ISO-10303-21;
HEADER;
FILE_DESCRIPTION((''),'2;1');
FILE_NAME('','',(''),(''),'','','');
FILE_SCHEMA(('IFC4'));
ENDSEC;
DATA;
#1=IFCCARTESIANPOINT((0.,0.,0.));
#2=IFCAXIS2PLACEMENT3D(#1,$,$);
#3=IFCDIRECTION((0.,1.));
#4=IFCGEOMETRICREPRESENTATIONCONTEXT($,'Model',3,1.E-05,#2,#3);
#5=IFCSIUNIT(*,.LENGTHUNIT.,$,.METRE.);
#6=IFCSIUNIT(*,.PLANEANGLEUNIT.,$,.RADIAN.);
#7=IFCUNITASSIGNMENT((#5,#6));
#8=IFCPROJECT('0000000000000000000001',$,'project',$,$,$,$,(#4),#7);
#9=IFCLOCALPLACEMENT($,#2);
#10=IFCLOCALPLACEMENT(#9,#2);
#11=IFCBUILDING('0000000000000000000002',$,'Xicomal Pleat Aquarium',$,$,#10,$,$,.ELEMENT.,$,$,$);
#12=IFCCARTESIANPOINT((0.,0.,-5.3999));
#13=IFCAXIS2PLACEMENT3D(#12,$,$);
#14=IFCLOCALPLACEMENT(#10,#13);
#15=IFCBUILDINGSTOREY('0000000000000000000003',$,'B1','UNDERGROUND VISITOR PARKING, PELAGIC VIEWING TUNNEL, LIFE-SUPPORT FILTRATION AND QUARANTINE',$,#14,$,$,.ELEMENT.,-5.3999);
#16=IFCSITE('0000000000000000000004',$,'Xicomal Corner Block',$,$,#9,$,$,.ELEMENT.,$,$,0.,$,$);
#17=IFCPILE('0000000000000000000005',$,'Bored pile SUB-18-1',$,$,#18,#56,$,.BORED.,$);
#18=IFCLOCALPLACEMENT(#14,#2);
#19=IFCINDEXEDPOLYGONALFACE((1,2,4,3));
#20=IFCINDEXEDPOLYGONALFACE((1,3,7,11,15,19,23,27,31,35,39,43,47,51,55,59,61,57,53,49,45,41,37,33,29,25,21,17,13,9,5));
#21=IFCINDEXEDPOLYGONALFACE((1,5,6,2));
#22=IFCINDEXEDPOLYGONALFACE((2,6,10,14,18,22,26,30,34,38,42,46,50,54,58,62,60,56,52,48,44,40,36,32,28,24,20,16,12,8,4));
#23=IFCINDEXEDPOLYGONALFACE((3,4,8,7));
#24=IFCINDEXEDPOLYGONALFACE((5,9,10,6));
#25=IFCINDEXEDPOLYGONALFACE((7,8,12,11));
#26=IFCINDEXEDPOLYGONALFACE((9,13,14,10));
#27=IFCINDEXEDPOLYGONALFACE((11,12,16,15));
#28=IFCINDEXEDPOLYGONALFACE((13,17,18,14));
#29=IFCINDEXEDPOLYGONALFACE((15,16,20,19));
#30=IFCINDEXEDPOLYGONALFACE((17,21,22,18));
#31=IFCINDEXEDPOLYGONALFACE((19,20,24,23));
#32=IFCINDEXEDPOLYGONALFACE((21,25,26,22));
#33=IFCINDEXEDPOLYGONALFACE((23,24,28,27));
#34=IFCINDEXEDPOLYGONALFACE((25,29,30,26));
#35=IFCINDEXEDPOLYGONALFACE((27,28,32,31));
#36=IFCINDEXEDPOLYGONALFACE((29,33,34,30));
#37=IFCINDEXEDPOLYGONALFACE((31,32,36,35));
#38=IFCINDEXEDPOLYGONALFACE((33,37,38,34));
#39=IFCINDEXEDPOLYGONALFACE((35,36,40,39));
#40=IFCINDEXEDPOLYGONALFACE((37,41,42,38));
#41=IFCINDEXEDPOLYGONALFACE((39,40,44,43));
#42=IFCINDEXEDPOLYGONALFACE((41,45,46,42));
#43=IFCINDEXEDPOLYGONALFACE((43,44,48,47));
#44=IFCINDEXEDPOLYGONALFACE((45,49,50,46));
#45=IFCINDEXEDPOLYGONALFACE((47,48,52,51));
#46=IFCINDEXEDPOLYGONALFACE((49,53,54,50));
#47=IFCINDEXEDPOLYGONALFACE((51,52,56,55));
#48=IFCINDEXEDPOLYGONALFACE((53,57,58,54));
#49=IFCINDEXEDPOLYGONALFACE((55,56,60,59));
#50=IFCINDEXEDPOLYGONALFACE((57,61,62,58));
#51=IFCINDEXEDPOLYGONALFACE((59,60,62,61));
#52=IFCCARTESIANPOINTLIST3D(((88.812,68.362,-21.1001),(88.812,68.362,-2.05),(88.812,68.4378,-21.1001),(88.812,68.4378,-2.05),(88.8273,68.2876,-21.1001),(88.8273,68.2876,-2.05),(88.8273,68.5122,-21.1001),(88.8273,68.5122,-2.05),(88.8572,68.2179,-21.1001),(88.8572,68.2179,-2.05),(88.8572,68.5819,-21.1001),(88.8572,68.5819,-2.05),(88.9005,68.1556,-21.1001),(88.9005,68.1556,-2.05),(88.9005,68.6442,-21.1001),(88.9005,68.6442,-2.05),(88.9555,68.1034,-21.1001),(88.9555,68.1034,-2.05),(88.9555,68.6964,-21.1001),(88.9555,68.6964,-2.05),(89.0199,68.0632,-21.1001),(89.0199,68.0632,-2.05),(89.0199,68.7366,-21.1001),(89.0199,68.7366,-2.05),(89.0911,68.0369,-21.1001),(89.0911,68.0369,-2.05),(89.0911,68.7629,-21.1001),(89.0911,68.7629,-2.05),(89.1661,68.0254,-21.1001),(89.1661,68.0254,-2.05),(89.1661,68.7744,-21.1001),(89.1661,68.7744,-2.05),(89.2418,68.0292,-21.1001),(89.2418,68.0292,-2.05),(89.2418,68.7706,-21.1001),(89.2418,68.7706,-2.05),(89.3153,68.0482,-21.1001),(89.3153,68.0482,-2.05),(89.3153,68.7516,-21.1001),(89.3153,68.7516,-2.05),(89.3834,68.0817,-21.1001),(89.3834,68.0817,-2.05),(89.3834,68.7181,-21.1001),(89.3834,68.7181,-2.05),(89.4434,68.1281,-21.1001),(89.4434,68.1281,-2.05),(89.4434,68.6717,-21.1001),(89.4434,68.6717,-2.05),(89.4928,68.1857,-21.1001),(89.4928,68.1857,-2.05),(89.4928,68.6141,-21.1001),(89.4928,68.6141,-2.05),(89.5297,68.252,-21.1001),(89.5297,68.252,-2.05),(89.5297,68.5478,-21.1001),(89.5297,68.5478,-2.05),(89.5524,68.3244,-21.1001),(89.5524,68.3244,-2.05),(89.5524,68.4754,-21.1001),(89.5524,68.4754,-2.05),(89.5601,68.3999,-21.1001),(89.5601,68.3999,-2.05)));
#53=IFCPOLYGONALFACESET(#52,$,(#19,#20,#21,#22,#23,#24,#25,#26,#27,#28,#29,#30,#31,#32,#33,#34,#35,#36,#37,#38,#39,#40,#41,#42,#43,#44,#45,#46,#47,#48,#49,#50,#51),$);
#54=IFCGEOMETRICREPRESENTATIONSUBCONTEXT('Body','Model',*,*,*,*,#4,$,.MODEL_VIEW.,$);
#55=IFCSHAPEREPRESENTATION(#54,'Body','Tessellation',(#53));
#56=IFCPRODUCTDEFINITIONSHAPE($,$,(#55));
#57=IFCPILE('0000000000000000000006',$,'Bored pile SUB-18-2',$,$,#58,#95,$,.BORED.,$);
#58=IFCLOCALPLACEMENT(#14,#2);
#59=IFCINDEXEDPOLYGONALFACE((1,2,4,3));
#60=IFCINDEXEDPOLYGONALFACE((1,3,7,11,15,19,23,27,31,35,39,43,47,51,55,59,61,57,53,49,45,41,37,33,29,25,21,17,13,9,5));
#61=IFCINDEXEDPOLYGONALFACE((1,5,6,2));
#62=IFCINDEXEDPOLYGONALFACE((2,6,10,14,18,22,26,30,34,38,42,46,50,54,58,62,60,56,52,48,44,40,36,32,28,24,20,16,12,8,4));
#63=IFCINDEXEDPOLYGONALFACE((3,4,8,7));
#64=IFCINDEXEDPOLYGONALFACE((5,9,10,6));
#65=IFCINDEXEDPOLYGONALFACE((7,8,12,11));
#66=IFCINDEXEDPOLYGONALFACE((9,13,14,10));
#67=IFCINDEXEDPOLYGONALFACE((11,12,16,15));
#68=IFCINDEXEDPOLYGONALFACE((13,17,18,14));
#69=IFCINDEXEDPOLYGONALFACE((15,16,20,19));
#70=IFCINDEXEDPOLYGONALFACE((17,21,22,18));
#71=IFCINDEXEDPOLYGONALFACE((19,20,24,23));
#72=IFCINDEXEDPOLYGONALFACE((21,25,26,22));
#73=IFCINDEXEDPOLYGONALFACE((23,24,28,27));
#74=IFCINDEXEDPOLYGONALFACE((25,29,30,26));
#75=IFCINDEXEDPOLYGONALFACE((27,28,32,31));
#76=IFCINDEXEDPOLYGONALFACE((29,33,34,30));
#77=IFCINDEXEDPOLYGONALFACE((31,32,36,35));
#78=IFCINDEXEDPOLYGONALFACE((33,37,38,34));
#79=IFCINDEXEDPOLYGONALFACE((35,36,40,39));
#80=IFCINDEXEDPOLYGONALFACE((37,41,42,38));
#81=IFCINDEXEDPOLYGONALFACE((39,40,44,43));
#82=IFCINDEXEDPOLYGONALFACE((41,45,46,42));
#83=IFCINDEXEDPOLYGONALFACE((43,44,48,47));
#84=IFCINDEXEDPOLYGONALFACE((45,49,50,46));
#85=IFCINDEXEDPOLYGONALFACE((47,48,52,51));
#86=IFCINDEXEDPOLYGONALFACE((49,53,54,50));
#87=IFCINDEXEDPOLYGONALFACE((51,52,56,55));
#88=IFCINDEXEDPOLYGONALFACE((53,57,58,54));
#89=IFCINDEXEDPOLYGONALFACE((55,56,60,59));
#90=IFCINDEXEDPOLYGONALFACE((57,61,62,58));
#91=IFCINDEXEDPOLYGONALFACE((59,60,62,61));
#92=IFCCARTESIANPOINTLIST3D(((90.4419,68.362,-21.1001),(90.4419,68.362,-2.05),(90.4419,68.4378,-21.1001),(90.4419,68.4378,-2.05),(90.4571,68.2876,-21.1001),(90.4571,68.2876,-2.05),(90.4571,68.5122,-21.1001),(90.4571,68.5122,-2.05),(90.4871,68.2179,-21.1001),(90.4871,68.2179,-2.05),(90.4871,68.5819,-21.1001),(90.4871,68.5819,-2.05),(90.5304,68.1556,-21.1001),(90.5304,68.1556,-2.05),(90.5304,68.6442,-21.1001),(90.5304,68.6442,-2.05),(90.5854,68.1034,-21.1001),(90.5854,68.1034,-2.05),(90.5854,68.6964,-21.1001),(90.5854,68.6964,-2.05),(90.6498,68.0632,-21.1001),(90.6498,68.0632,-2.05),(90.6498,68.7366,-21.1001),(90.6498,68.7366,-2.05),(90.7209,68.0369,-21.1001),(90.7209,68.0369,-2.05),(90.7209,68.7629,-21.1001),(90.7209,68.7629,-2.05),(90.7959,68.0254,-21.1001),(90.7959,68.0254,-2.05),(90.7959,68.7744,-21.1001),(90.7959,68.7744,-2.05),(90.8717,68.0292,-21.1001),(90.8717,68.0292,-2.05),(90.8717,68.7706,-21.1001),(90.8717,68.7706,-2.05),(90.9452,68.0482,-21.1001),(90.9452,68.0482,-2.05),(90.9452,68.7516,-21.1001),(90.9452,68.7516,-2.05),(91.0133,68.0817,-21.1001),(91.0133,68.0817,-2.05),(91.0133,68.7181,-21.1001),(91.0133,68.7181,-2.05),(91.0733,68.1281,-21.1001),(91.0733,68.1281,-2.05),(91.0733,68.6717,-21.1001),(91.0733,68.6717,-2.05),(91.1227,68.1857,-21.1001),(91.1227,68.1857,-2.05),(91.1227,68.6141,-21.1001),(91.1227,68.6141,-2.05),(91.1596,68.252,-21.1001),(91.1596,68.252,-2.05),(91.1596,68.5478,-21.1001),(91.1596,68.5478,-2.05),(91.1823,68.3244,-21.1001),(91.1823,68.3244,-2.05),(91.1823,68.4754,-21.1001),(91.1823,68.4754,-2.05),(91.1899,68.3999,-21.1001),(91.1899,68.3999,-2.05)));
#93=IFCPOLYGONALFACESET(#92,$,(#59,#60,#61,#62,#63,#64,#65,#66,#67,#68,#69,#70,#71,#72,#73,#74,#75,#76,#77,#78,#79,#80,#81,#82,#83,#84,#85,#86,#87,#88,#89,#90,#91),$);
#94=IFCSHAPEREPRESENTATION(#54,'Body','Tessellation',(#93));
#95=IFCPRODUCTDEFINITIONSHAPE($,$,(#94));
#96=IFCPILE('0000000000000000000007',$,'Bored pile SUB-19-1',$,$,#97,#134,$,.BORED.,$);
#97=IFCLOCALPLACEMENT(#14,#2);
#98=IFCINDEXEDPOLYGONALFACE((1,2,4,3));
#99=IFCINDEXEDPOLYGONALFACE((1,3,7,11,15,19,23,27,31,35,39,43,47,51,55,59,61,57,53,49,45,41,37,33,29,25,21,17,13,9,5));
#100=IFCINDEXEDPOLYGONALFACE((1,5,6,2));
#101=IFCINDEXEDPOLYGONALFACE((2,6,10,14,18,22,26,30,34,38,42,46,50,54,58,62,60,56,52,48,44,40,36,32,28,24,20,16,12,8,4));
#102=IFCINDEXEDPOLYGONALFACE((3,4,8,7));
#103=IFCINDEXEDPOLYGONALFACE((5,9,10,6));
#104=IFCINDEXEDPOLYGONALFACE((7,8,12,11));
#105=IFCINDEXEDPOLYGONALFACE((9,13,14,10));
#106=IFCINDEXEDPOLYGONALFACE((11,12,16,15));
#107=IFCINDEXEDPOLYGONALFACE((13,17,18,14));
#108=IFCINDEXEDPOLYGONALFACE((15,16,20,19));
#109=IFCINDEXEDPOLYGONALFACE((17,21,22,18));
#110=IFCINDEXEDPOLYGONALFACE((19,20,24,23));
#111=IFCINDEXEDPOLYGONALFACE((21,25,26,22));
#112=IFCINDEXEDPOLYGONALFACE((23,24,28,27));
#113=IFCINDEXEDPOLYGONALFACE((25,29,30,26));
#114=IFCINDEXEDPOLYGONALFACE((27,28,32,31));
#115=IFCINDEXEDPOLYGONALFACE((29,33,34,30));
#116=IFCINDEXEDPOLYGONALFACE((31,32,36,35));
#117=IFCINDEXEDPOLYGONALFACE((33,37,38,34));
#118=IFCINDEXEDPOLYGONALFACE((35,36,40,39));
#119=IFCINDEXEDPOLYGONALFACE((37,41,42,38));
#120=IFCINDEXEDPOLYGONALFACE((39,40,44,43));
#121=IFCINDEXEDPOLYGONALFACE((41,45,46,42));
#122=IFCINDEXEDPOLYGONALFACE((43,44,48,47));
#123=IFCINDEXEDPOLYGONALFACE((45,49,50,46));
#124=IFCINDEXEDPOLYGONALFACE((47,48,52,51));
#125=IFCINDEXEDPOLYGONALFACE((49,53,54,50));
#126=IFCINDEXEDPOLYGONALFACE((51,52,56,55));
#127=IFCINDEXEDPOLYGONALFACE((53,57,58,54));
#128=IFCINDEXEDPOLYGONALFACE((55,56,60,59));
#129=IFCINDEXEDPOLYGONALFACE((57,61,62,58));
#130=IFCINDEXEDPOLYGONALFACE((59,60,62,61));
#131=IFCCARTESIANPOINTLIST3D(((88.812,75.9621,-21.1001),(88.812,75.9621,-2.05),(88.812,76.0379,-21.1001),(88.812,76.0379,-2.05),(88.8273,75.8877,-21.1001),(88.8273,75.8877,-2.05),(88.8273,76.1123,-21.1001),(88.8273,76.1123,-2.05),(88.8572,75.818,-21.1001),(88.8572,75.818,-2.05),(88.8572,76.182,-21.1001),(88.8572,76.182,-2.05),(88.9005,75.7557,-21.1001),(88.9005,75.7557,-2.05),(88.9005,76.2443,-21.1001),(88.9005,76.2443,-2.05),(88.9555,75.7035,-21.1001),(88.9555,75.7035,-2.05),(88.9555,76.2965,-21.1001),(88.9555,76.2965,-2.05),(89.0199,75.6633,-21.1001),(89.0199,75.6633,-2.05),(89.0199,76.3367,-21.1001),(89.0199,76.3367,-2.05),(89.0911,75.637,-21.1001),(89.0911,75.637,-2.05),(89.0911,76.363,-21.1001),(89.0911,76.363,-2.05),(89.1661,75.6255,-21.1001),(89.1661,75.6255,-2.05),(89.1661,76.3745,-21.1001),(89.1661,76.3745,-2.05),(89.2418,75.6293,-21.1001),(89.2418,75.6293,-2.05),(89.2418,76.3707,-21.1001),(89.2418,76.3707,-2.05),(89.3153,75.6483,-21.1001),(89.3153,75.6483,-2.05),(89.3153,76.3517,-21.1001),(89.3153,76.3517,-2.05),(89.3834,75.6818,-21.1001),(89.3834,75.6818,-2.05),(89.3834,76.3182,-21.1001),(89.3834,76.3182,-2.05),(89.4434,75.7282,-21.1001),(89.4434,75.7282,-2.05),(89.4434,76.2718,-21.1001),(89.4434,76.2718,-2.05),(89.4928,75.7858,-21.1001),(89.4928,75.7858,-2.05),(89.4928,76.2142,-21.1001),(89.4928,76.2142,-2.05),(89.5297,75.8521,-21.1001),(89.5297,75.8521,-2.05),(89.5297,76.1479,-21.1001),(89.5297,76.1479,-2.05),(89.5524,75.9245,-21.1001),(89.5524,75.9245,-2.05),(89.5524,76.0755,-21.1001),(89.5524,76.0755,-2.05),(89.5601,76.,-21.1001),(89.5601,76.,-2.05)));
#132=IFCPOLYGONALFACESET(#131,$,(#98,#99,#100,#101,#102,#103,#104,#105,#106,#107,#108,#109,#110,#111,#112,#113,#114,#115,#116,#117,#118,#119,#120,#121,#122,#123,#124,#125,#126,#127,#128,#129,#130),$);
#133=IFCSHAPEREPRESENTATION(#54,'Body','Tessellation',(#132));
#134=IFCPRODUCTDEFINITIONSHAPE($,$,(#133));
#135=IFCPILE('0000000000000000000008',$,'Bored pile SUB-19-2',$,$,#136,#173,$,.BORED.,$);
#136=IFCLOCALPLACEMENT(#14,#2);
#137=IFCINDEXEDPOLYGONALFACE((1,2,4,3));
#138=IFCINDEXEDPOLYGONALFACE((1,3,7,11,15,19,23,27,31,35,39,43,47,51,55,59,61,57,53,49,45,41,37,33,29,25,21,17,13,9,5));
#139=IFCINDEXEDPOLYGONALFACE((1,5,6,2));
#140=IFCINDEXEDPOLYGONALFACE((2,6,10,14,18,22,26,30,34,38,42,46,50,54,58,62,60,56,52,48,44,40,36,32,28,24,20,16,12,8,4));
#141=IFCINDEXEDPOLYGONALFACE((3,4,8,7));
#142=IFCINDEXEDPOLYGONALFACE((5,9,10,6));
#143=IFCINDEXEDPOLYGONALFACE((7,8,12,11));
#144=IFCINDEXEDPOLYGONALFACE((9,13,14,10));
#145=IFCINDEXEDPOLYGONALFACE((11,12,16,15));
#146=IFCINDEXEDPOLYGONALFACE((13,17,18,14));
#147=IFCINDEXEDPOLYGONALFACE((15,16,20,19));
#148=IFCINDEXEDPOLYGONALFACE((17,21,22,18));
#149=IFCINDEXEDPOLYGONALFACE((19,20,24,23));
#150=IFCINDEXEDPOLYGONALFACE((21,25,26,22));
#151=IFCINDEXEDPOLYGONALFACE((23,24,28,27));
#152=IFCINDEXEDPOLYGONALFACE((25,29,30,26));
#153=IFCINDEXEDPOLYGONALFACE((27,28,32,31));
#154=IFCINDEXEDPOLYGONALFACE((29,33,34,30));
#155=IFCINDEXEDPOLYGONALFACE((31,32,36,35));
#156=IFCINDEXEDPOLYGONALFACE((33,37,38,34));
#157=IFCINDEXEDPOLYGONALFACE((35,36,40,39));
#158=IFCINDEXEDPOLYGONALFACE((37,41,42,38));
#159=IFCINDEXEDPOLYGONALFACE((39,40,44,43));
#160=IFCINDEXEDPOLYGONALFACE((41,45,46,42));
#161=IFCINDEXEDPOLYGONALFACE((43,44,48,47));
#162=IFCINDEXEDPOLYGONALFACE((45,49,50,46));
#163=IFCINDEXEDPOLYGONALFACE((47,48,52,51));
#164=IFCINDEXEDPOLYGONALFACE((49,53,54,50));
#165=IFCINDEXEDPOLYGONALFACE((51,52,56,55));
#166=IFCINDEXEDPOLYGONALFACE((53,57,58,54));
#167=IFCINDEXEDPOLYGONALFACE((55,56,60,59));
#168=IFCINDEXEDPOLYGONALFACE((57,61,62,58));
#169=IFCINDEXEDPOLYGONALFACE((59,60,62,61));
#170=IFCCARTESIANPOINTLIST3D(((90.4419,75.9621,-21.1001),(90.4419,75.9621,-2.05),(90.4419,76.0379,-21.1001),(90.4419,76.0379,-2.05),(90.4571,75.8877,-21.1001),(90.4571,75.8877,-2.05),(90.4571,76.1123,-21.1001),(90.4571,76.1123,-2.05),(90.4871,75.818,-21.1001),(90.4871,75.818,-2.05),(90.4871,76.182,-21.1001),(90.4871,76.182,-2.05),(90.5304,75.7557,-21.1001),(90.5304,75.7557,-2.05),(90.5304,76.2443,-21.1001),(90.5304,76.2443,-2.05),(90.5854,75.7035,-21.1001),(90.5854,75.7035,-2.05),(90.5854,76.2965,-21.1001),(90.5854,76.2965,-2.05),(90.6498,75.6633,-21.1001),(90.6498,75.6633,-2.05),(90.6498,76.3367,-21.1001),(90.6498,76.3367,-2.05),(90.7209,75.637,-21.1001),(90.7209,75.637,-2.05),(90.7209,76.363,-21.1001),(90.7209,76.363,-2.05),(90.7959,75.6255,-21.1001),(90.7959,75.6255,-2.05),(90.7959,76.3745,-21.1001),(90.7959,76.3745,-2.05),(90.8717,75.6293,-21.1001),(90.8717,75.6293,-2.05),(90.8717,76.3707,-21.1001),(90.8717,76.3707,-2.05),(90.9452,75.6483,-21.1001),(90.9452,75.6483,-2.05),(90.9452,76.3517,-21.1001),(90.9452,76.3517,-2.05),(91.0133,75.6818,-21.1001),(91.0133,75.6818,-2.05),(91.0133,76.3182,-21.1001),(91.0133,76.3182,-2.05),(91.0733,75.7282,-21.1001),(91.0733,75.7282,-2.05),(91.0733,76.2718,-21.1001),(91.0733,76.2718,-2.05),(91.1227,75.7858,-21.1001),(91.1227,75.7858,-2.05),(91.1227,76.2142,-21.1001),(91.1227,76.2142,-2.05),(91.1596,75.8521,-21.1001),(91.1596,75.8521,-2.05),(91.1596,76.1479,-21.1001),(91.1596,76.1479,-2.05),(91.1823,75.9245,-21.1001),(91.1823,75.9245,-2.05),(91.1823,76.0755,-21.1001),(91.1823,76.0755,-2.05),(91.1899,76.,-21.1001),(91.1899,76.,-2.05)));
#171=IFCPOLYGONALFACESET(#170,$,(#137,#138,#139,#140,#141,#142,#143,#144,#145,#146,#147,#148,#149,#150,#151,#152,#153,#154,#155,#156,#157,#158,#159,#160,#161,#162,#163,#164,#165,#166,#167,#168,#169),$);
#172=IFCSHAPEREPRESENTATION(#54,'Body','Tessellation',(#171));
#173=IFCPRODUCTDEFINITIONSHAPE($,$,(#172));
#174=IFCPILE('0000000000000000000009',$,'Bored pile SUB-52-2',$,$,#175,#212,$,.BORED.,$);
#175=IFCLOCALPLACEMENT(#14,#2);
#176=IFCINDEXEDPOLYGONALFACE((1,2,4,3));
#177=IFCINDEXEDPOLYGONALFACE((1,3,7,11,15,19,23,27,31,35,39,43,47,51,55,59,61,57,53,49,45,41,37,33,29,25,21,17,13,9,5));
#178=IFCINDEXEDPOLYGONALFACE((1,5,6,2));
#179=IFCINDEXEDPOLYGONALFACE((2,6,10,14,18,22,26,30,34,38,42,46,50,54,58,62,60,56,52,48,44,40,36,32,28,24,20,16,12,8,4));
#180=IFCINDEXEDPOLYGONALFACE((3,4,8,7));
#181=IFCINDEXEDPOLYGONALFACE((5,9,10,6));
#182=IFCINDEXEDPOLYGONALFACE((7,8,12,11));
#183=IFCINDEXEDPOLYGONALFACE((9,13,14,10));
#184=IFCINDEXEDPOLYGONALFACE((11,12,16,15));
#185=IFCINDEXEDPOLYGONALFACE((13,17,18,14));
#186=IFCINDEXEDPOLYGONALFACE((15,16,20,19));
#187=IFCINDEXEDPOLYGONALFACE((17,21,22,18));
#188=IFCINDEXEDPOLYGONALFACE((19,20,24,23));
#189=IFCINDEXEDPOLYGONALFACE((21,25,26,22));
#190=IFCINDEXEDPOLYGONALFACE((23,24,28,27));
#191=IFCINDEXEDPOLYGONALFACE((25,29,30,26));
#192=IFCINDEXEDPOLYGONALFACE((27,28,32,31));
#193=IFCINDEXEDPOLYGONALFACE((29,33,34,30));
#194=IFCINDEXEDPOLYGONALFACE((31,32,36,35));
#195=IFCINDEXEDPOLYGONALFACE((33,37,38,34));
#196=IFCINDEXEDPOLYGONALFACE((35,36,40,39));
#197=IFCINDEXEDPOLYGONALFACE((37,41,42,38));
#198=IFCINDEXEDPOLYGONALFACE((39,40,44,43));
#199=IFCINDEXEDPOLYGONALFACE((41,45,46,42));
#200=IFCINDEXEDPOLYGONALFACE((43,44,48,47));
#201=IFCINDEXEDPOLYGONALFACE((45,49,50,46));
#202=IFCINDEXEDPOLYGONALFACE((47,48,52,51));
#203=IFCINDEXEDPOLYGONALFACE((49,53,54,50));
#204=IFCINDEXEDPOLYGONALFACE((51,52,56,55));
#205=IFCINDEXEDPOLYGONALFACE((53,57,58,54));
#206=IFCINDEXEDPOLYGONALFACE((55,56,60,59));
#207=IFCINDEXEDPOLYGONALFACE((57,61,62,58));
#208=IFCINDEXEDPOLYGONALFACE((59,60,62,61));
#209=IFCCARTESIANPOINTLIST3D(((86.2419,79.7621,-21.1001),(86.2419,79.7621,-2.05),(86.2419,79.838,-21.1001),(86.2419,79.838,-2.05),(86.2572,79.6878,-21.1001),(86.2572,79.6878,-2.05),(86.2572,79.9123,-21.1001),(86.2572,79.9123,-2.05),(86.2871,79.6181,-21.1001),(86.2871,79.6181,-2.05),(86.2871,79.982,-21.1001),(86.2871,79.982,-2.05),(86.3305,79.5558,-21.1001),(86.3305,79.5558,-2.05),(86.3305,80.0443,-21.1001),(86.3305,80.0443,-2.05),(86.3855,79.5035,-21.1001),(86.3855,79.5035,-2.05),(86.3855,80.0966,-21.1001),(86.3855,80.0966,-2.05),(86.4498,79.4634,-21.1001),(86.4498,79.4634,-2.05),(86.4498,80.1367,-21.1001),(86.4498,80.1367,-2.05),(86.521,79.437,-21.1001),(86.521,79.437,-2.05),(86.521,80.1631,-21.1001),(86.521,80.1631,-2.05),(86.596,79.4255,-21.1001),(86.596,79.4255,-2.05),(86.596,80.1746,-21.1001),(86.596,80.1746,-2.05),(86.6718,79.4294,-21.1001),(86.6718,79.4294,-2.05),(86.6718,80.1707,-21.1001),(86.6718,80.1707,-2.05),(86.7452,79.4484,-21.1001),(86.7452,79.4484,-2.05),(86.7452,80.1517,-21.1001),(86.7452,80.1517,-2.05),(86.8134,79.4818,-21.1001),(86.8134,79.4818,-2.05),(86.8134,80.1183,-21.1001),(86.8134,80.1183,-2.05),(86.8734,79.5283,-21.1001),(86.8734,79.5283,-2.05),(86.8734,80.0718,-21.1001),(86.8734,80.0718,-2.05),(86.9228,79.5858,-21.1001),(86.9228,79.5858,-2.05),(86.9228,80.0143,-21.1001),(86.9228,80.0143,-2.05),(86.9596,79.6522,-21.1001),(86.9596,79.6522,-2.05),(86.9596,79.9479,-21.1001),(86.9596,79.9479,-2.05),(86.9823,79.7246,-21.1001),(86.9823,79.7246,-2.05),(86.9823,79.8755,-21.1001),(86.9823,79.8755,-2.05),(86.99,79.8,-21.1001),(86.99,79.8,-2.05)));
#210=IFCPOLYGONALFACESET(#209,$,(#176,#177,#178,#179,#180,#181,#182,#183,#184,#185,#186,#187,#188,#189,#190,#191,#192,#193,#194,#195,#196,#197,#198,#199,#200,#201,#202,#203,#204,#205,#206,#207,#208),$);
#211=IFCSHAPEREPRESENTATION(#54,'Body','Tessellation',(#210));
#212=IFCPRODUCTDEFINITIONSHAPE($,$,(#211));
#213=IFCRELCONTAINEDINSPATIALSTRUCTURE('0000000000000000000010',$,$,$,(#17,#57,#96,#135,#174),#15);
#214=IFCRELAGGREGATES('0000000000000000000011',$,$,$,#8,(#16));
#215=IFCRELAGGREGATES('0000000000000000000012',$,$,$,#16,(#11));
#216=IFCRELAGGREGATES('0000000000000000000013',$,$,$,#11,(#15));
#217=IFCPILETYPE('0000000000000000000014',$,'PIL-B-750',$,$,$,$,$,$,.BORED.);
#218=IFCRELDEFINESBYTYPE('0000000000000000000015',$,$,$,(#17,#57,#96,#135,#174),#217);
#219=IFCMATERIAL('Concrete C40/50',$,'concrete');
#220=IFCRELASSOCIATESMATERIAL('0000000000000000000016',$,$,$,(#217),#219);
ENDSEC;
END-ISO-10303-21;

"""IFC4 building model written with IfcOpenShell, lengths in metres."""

from ifc_helpers import new_model, si_unit, direction, frame, origin, origin_2d, place, context, subcontext, project, spatial, circle, extrude, material, material_profile, profile_set, type_object, element, save


model = new_model("IFC4")

# Units and contexts
model_context = context("Model", 3, precision=1e-05, world=origin(), true_north=direction((0.0, 1.0)))
body_context = subcontext(model_context, "Body", "Model", "MODEL_VIEW")
ifc_project = project(units=[si_unit("LENGTHUNIT", "METRE"), si_unit("PLANEANGLEUNIT", "RADIAN")], contexts=[model_context])

# Site, building, storey
site_placement = place(None, origin())
site = spatial("IfcSite", under=ifc_project, at=site_placement, Name="Xicomal Corner Block", CompositionType="ELEMENT", RefElevation=0.0)
building_placement = place(site_placement, origin())
building = spatial("IfcBuilding", under=site, at=building_placement, Name="Xicomal Pleat Aquarium", CompositionType="ELEMENT")
storey_placement = place(building_placement, frame((0.0, 0.0, -5.3999)))
storey = spatial("IfcBuildingStorey", under=building, at=storey_placement, Name="B1", Description="UNDERGROUND VISITOR PARKING, PELAGIC VIEWING TUNNEL, LIFE-SUPPORT FILTRATION AND QUARANTINE", CompositionType="ELEMENT", Elevation=-5.3999)

# Piles
ifc_material_1 = material(Name="Concrete C40/50", Category="concrete")
ifc_material_profile_1 = material_profile(ifc_material_1, circle(Radius=0.375, at=origin_2d()), Name="BORED PILE D750")
ifc_profile_set_1 = profile_set([ifc_material_profile_1], Name="Concrete C40/50")
pile_type_1 = type_object("IfcPileType", Name="PIL-B-750", PredefinedType="BORED", material=ifc_profile_set_1)
for number, where, z_axis, x_axis, name in (
    (1, (89.1851, 68.3999, -2.05), (0.0, 0.0, -1.0), (1.0, 0.0, 0.0), "Bored pile SUB-18-1"),
    (2, (90.8149, 68.3999, -2.05), (0.0, 0.0, -1.0), (1.0, 0.0, 0.0), "Bored pile SUB-18-2"),
    (3, (89.1851, 76.0, -2.05), (0.0, 0.0, -1.0), (1.0, 0.0, 0.0), "Bored pile SUB-19-1"),
    (4, (90.8149, 76.0, -2.05), (0.0, 0.0, -1.0), (1.0, 0.0, 0.0), "Bored pile SUB-19-2"),
    (5, (86.615, 79.8, -2.05), (0.0, 0.0, -1.0), (1.0, 0.0, 0.0), "Bored pile SUB-52-2"),
):
    element("IfcPile", number, at=place(storey_placement, frame(where, z_axis=z_axis, x_axis=x_axis)), inside=storey, type_object=pile_type_1, Name=name, PredefinedType="BORED", context=body_context, shape_type="SweptSolid", body=[
        extrude(circle(Radius=0.375, at=origin_2d()), origin(), (0.0, 0.0, 1.0), 19.05),
    ])

save(model, "model.ifc")
